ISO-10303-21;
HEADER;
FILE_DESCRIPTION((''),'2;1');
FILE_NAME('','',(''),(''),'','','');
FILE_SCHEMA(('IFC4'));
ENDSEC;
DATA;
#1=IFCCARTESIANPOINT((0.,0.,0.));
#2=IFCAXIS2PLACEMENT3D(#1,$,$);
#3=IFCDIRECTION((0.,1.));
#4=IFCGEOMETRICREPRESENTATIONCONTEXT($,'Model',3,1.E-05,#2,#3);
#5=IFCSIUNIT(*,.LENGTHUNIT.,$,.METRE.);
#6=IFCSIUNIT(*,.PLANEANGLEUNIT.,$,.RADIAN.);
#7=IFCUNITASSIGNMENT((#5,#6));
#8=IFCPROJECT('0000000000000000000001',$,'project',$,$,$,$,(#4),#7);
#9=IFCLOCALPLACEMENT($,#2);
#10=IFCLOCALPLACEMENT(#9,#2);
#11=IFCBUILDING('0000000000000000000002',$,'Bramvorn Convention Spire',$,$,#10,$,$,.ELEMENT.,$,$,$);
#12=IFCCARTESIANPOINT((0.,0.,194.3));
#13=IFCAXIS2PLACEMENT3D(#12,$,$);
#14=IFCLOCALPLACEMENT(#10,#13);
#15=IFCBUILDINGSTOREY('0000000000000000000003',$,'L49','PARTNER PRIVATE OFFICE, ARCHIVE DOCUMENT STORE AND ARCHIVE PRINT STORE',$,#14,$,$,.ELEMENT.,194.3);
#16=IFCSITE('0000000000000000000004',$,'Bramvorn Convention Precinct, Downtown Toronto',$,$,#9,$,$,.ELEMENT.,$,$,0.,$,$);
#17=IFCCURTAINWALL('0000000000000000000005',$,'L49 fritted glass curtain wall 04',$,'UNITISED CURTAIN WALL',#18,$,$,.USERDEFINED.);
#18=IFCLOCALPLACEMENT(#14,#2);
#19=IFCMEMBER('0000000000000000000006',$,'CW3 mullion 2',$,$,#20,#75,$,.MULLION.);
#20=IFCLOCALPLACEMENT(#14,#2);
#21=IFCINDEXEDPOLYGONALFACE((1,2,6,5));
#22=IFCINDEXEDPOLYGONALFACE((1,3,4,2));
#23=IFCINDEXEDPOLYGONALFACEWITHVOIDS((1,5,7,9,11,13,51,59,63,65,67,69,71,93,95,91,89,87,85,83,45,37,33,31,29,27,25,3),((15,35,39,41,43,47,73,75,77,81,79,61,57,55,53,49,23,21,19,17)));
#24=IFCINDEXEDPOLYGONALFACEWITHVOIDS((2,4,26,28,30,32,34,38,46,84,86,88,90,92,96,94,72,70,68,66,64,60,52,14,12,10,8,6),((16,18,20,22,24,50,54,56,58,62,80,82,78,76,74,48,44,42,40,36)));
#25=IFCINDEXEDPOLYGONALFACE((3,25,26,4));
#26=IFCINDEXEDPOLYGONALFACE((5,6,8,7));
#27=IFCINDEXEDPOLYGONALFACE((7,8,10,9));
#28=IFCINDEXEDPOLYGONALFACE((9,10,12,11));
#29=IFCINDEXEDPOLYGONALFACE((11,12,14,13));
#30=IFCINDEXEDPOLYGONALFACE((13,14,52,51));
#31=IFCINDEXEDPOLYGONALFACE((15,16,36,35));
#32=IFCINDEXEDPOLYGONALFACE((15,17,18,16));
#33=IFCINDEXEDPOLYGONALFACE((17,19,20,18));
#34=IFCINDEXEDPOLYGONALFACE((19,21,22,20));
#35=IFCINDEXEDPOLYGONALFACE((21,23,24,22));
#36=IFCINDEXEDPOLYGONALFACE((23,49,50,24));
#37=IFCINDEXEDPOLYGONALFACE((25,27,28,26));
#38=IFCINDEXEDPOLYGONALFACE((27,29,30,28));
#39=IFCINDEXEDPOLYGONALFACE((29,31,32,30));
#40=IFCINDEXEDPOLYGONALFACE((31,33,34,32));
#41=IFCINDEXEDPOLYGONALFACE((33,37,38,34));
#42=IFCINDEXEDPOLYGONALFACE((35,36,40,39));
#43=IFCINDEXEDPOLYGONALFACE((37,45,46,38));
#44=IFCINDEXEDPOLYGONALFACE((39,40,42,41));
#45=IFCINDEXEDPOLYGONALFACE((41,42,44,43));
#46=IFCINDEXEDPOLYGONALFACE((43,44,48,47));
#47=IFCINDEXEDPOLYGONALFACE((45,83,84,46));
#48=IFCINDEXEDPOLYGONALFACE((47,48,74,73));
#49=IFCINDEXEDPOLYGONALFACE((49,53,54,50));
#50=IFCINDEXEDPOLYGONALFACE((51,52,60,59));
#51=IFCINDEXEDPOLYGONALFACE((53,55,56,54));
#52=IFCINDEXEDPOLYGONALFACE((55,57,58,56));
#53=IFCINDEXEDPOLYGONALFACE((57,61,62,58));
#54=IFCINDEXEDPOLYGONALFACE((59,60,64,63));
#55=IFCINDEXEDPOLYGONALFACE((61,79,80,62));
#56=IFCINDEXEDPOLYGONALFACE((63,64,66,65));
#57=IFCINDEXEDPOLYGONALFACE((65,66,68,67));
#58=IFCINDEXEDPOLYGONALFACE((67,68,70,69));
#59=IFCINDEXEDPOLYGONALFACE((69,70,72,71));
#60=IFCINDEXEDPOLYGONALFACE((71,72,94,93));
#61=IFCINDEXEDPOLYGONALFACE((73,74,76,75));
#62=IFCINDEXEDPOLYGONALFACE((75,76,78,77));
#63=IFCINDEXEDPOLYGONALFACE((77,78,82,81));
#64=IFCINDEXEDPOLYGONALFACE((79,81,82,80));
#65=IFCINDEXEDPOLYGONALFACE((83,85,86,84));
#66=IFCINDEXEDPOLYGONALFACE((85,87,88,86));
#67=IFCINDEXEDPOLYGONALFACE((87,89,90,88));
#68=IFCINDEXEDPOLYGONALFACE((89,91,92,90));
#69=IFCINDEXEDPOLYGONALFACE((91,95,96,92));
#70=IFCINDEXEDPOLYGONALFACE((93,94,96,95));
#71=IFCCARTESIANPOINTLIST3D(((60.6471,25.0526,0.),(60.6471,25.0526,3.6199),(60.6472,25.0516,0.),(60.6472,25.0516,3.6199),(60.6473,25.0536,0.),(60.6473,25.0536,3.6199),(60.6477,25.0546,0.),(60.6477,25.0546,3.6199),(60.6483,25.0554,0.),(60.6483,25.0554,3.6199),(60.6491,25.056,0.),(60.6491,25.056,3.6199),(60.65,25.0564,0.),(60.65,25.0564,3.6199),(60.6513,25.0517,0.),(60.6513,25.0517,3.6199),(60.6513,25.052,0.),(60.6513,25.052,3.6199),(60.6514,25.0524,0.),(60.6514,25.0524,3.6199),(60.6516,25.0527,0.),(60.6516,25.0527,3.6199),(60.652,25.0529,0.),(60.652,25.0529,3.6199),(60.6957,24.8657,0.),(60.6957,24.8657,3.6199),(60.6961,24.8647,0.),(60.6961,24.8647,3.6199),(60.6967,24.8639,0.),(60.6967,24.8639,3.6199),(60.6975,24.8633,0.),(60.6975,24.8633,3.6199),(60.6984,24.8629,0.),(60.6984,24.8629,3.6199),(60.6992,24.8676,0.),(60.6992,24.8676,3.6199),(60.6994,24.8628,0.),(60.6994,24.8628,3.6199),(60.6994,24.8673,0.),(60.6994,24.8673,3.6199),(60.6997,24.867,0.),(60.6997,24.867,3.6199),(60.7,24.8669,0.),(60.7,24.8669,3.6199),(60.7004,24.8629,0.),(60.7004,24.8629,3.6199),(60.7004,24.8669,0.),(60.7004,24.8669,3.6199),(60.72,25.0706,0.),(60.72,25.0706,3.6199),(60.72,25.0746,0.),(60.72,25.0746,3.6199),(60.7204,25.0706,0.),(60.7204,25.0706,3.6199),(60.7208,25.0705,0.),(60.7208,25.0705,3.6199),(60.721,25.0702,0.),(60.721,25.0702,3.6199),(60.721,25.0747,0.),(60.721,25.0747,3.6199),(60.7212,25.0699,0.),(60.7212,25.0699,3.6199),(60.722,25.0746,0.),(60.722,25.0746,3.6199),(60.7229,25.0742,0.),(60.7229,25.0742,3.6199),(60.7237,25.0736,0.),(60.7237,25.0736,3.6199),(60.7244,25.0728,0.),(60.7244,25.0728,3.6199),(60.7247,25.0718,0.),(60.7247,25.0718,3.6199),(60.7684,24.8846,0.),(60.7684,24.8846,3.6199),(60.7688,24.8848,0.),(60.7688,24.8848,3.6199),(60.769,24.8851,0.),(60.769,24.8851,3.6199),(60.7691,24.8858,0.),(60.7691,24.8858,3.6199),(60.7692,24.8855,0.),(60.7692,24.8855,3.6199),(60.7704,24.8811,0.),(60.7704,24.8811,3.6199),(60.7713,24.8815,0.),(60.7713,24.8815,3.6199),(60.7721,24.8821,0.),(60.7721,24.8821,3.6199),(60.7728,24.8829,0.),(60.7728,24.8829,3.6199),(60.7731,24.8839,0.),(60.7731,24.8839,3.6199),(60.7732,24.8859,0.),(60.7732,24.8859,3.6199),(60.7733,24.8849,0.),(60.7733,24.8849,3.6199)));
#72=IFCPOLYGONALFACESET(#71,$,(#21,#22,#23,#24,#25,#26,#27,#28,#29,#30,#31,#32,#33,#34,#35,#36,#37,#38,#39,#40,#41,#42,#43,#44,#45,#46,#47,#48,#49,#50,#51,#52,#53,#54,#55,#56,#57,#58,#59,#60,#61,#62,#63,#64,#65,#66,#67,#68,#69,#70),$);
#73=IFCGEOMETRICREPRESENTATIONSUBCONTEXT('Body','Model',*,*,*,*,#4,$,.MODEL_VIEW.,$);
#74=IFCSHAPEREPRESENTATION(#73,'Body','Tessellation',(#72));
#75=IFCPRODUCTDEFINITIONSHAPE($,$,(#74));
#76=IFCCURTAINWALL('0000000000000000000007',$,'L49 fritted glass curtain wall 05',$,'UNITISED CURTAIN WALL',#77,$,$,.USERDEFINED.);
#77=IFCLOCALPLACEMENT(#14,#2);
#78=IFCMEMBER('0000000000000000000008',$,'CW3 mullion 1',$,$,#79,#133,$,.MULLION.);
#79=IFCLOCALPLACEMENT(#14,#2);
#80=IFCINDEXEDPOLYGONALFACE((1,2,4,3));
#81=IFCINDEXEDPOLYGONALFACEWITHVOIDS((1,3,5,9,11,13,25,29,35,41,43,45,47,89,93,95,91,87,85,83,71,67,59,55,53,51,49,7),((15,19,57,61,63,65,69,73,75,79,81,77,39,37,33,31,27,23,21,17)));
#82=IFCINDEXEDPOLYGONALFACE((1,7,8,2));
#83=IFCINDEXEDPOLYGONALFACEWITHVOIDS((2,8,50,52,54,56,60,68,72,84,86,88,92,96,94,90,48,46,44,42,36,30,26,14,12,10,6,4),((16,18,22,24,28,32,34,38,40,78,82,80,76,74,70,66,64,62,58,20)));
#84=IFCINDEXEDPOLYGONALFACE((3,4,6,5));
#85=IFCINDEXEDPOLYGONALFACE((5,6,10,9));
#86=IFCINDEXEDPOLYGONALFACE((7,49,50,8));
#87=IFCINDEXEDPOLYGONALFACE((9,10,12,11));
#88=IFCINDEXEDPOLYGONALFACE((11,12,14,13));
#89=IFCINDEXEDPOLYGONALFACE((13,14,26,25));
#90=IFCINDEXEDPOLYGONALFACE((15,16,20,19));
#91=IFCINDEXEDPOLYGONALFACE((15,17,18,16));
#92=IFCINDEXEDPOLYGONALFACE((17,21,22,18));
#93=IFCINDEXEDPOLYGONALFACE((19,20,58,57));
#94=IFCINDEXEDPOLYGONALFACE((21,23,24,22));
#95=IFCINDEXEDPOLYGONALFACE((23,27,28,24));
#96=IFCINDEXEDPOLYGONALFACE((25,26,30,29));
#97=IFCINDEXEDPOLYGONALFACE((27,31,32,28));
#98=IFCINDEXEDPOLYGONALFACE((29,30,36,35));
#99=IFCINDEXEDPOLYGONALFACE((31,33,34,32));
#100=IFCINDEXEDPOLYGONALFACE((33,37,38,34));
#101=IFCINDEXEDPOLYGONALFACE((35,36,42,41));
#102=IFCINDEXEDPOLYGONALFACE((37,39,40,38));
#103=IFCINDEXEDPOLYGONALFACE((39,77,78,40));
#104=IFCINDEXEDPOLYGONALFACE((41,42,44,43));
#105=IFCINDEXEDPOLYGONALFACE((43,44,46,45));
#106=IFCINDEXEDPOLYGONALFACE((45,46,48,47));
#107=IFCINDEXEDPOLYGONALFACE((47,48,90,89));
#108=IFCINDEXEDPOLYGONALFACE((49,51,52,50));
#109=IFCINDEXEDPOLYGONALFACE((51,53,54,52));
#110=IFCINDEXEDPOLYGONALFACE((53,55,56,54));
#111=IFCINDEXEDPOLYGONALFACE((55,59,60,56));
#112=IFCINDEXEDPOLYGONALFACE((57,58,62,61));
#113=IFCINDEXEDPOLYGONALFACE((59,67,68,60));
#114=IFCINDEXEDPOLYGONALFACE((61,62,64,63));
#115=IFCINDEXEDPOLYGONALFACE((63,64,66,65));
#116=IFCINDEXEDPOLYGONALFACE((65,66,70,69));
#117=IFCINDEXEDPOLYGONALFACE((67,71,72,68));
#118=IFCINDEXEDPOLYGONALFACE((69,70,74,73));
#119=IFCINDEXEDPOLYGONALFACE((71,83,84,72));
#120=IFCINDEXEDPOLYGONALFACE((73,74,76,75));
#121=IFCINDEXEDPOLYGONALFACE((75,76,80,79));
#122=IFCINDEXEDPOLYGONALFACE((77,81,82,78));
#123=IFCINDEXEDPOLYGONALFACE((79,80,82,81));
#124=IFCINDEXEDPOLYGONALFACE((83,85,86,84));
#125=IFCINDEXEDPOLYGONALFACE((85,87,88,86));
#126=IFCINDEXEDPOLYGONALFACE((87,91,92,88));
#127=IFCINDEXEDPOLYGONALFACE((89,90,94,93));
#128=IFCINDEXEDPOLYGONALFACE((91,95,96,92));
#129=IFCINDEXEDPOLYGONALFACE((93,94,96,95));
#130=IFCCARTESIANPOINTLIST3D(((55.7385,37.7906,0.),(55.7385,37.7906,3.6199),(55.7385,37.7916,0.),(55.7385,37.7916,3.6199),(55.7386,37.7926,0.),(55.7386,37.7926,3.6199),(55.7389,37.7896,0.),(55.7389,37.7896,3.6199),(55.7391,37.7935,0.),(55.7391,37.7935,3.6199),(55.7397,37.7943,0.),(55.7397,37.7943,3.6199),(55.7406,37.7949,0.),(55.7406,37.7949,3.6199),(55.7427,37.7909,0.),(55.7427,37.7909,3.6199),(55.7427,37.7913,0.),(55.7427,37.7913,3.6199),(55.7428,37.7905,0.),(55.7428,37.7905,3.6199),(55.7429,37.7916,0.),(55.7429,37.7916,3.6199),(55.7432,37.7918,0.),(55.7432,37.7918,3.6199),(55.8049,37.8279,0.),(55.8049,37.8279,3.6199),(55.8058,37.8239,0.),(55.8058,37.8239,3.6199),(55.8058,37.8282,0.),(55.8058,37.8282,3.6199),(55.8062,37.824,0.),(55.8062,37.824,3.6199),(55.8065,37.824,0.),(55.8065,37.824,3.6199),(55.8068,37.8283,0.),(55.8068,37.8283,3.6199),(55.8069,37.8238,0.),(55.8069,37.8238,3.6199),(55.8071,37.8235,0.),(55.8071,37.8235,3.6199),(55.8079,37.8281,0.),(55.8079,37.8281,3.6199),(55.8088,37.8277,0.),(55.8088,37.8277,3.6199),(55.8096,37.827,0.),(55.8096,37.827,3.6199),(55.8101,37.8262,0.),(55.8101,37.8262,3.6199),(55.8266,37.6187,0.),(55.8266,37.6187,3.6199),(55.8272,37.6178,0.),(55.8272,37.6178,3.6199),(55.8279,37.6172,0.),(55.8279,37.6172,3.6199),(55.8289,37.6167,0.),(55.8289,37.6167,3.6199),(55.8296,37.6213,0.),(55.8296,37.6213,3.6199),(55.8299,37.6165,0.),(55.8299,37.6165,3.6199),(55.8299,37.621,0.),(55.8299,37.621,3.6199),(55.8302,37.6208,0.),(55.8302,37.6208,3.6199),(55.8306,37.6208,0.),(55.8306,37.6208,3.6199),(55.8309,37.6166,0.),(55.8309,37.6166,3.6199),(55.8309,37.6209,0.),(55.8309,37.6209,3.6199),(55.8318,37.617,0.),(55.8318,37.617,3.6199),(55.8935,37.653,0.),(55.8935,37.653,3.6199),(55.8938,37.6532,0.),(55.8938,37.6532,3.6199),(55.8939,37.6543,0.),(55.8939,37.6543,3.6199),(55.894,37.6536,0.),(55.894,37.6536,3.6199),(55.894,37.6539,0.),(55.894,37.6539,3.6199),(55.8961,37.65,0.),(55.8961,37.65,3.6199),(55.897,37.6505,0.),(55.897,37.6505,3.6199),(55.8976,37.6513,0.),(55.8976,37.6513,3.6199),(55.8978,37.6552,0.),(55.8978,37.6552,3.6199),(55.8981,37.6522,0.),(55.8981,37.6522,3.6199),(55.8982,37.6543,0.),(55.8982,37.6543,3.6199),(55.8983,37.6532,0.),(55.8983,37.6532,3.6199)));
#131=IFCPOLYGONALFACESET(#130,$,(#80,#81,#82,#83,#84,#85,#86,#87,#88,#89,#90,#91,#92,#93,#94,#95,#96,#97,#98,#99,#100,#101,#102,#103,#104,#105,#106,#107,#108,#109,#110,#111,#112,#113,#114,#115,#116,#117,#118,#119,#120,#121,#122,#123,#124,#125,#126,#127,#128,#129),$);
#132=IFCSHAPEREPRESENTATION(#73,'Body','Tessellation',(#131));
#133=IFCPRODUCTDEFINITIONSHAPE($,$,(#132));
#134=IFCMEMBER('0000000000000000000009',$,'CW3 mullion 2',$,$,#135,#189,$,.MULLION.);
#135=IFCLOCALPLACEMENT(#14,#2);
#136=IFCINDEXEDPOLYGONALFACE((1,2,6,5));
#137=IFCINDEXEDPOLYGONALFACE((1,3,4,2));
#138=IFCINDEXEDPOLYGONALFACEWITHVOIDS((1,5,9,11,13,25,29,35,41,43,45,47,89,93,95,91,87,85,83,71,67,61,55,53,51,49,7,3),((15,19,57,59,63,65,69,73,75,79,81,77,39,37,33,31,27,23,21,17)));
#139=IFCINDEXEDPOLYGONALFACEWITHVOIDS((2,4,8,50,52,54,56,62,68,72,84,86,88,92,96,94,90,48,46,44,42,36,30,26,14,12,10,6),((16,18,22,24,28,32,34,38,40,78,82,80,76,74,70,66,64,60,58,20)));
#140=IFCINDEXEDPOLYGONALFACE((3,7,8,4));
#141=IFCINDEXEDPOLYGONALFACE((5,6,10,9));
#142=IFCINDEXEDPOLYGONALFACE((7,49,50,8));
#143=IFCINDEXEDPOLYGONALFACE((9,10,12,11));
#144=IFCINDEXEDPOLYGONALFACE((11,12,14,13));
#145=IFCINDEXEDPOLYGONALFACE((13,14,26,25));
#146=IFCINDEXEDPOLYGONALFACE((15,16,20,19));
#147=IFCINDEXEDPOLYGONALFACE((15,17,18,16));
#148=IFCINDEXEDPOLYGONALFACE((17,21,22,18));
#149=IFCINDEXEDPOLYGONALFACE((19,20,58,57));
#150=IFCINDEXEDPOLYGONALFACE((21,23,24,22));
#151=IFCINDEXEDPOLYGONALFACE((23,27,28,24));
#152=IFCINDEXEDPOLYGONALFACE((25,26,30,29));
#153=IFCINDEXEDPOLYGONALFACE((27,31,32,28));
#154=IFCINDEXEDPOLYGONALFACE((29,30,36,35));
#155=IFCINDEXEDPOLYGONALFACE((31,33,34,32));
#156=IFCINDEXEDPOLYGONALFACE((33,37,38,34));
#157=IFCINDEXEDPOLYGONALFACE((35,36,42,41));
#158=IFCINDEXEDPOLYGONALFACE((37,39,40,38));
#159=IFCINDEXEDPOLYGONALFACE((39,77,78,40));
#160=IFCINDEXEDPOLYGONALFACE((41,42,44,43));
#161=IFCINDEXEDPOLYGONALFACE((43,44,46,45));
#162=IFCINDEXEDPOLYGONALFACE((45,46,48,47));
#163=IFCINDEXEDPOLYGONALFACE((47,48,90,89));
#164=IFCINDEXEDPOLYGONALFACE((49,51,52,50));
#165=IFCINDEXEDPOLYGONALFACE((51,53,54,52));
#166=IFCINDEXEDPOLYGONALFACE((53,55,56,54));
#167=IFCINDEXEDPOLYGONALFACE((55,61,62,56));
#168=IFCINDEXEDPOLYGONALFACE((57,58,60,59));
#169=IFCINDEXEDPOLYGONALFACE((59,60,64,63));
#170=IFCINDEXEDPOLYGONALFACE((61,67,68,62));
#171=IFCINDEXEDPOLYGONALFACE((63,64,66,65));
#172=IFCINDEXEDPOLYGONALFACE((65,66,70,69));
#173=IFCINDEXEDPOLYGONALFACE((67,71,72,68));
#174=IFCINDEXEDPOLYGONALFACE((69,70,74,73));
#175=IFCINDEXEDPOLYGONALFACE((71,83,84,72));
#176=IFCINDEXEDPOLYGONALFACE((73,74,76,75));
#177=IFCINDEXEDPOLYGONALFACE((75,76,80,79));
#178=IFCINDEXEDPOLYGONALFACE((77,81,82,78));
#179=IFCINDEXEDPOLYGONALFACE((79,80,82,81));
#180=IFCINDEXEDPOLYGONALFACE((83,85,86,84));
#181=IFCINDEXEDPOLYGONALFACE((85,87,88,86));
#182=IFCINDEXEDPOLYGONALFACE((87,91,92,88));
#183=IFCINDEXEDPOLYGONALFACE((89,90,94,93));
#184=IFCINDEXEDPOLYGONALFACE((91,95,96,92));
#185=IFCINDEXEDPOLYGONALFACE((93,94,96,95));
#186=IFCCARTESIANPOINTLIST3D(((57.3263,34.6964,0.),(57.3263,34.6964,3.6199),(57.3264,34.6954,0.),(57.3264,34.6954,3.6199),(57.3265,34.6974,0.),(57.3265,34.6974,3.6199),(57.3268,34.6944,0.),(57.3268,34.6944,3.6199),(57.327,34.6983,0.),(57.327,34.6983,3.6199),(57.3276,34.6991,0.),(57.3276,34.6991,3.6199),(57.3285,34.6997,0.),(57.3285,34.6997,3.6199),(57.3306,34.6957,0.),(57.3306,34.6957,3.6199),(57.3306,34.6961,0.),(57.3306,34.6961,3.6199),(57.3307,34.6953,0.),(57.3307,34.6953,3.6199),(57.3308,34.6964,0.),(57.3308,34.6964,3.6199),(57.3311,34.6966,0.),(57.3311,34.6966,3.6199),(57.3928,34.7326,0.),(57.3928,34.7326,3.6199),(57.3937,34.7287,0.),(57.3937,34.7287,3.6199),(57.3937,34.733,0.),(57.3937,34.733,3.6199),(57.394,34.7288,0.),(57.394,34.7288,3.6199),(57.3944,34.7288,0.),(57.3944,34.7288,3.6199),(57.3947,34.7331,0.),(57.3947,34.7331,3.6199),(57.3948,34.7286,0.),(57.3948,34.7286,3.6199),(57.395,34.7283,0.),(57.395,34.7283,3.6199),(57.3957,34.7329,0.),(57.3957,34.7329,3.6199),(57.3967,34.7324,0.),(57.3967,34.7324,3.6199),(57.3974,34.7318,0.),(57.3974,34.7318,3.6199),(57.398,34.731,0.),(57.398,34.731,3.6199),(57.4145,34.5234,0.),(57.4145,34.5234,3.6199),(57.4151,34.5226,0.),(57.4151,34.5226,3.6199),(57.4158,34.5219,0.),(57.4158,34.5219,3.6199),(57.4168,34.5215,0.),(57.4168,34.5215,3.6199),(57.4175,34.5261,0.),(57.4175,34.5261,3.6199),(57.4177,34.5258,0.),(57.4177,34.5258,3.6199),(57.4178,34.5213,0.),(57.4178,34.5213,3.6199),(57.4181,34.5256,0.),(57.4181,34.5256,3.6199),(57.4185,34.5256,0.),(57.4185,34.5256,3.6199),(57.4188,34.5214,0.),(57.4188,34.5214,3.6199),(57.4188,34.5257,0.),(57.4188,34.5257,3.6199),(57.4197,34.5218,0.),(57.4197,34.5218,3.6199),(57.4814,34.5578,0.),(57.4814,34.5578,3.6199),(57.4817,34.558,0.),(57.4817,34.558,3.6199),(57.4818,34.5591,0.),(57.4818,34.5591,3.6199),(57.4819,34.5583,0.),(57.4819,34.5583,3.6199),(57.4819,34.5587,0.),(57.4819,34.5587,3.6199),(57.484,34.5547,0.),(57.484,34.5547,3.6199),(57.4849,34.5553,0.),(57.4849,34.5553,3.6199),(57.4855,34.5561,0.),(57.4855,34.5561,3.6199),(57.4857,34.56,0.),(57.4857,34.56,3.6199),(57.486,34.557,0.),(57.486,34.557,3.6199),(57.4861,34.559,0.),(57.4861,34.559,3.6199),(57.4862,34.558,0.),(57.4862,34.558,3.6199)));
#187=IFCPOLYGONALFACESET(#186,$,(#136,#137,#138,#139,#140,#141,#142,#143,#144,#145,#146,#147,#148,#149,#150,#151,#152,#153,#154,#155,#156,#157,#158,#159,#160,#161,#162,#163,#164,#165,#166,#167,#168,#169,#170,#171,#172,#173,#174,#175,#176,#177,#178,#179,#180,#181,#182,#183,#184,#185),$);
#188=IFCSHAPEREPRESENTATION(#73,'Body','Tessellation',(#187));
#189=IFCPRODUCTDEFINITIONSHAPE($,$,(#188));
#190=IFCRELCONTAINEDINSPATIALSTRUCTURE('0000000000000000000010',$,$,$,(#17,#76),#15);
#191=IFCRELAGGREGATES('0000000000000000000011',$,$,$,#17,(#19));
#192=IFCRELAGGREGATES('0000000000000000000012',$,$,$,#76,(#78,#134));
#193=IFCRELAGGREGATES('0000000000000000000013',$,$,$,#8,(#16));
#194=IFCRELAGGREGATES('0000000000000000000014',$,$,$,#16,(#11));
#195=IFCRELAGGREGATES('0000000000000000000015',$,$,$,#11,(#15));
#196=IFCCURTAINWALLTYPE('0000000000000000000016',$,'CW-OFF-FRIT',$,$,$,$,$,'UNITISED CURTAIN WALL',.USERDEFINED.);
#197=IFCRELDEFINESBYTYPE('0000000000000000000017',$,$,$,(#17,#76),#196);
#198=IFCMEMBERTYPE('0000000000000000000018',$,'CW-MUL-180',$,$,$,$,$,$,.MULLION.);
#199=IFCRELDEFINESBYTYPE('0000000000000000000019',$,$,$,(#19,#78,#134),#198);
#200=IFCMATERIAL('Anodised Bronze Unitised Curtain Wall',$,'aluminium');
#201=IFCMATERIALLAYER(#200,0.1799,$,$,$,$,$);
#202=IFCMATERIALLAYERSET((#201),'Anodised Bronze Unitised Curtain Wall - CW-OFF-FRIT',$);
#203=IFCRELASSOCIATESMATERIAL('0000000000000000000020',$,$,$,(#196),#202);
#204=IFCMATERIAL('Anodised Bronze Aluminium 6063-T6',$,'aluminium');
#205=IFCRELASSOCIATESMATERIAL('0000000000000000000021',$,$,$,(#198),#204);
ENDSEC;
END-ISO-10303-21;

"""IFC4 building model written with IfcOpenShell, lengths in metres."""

from ifc_helpers import new_model, si_unit, direction, frame, origin, origin_2d, place, context, subcontext, project, spatial, hollow_rectangle, extrude, material, layer, layer_set, material_profile, profile_set, type_object, element, aggregate, save


model = new_model("IFC4")

# Units and contexts
model_context = context("Model", 3, precision=1e-05, world=origin(), true_north=direction((0.0, 1.0)))
body_context = subcontext(model_context, "Body", "Model", "MODEL_VIEW")
ifc_project = project(units=[si_unit("LENGTHUNIT", "METRE"), si_unit("PLANEANGLEUNIT", "RADIAN")], contexts=[model_context])

# Site, building, storey
site_placement = place(None, origin())
site = spatial("IfcSite", under=ifc_project, at=site_placement, Name="Bramvorn Convention Precinct, Downtown Toronto", CompositionType="ELEMENT", RefElevation=0.0)
building_placement = place(site_placement, origin())
building = spatial("IfcBuilding", under=site, at=building_placement, Name="Bramvorn Convention Spire", CompositionType="ELEMENT")
storey_placement = place(building_placement, frame((0.0, 0.0, 194.3)))
storey = spatial("IfcBuildingStorey", under=building, at=storey_placement, Name="L49", Description="PARTNER PRIVATE OFFICE, ARCHIVE DOCUMENT STORE AND ARCHIVE PRINT STORE", CompositionType="ELEMENT", Elevation=194.3)

# Curtain walls, members
ifc_material_1 = material(Name="Anodised Bronze Unitised Curtain Wall", Category="aluminium")
ifc_layer_1 = layer(ifc_material_1, 0.1799)
ifc_layer_set_1 = layer_set([ifc_layer_1], Name="Anodised Bronze Unitised Curtain Wall - CW-OFF-FRIT")
curtain_wall_type = type_object("IfcCurtainWallType", Name="CW-OFF-FRIT", ElementType="UNITISED CURTAIN WALL", PredefinedType="USERDEFINED", material=ifc_layer_set_1)
curtain_wall_1_placement = place(storey_placement, origin())
curtain_wall_1 = element("IfcCurtainWall", 1, at=curtain_wall_1_placement, inside=storey, type_object=curtain_wall_type, Name="L49 fritted glass curtain wall 04", ObjectType="UNITISED CURTAIN WALL", PredefinedType="USERDEFINED")
ifc_material_2 = material(Name="Anodised Bronze Aluminium 6063-T6", Category="aluminium")
ifc_material_profile_1 = material_profile(ifc_material_2, hollow_rectangle(XDim=0.0801, YDim=0.2, WallThickness=0.0039, InnerFilletRadius=0.001, OuterFilletRadius=0.0039, at=origin_2d()))
ifc_profile_set_1 = profile_set([ifc_material_profile_1], Name="Anodised Bronze Aluminium 6063-T6 - CWM80X200")
member_type_1 = type_object("IfcMemberType", Name="CW-MUL-180", PredefinedType="MULLION", material=ifc_profile_set_1)
member_1_placement = place(storey_placement, frame((60.7102, 24.9688, 0.0), z_axis=(0.0, 0.0, 1.0), x_axis=(0.967719, 0.25203, 0.0)))
member_1 = element("IfcMember", 2, at=member_1_placement, type_object=member_type_1, Name="CW3 mullion 2", PredefinedType="MULLION", context=body_context, shape_type="SweptSolid", body=[
    extrude(hollow_rectangle(XDim=0.0801, YDim=0.2, WallThickness=0.0039, InnerFilletRadius=0.001, OuterFilletRadius=0.0039, at=origin_2d()), origin(), (0.0, 0.0, 1.0), 3.6199),
])
curtain_wall_2_placement = place(storey_placement, origin())
curtain_wall_2 = element("IfcCurtainWall", 3, at=curtain_wall_2_placement, inside=storey, type_object=curtain_wall_type, Name="L49 fritted glass curtain wall 05", ObjectType="UNITISED CURTAIN WALL", PredefinedType="USERDEFINED")
member_2_placement = place(storey_placement, frame((55.8184, 37.7224, 0.0), z_axis=(0.0, 0.0, 1.0), x_axis=(0.889742, 0.456463, 0.0)))
member_2 = element("IfcMember", 4, at=member_2_placement, type_object=member_type_1, Name="CW3 mullion 1", PredefinedType="MULLION", context=body_context, shape_type="SweptSolid", body=[
    extrude(hollow_rectangle(XDim=0.0801, YDim=0.2, WallThickness=0.0039, InnerFilletRadius=0.001, OuterFilletRadius=0.0039, at=origin_2d()), origin(), (0.0, 0.0, 1.0), 3.6199),
])
member_3_placement = place(storey_placement, frame((57.4062, 34.6272, 0.0), z_axis=(0.0, 0.0, 1.0), x_axis=(0.889742, 0.456463, 0.0)))
member_3 = element("IfcMember", 5, at=member_3_placement, type_object=member_type_1, Name="CW3 mullion 2", PredefinedType="MULLION", context=body_context, shape_type="SweptSolid", body=[
    extrude(hollow_rectangle(XDim=0.0801, YDim=0.2, WallThickness=0.0039, InnerFilletRadius=0.001, OuterFilletRadius=0.0039, at=origin_2d()), origin(), (0.0, 0.0, 1.0), 3.6199),
])

aggregate(curtain_wall_1, [member_1])
aggregate(curtain_wall_2, [member_2, member_3])

save(model, "model.ifc")
